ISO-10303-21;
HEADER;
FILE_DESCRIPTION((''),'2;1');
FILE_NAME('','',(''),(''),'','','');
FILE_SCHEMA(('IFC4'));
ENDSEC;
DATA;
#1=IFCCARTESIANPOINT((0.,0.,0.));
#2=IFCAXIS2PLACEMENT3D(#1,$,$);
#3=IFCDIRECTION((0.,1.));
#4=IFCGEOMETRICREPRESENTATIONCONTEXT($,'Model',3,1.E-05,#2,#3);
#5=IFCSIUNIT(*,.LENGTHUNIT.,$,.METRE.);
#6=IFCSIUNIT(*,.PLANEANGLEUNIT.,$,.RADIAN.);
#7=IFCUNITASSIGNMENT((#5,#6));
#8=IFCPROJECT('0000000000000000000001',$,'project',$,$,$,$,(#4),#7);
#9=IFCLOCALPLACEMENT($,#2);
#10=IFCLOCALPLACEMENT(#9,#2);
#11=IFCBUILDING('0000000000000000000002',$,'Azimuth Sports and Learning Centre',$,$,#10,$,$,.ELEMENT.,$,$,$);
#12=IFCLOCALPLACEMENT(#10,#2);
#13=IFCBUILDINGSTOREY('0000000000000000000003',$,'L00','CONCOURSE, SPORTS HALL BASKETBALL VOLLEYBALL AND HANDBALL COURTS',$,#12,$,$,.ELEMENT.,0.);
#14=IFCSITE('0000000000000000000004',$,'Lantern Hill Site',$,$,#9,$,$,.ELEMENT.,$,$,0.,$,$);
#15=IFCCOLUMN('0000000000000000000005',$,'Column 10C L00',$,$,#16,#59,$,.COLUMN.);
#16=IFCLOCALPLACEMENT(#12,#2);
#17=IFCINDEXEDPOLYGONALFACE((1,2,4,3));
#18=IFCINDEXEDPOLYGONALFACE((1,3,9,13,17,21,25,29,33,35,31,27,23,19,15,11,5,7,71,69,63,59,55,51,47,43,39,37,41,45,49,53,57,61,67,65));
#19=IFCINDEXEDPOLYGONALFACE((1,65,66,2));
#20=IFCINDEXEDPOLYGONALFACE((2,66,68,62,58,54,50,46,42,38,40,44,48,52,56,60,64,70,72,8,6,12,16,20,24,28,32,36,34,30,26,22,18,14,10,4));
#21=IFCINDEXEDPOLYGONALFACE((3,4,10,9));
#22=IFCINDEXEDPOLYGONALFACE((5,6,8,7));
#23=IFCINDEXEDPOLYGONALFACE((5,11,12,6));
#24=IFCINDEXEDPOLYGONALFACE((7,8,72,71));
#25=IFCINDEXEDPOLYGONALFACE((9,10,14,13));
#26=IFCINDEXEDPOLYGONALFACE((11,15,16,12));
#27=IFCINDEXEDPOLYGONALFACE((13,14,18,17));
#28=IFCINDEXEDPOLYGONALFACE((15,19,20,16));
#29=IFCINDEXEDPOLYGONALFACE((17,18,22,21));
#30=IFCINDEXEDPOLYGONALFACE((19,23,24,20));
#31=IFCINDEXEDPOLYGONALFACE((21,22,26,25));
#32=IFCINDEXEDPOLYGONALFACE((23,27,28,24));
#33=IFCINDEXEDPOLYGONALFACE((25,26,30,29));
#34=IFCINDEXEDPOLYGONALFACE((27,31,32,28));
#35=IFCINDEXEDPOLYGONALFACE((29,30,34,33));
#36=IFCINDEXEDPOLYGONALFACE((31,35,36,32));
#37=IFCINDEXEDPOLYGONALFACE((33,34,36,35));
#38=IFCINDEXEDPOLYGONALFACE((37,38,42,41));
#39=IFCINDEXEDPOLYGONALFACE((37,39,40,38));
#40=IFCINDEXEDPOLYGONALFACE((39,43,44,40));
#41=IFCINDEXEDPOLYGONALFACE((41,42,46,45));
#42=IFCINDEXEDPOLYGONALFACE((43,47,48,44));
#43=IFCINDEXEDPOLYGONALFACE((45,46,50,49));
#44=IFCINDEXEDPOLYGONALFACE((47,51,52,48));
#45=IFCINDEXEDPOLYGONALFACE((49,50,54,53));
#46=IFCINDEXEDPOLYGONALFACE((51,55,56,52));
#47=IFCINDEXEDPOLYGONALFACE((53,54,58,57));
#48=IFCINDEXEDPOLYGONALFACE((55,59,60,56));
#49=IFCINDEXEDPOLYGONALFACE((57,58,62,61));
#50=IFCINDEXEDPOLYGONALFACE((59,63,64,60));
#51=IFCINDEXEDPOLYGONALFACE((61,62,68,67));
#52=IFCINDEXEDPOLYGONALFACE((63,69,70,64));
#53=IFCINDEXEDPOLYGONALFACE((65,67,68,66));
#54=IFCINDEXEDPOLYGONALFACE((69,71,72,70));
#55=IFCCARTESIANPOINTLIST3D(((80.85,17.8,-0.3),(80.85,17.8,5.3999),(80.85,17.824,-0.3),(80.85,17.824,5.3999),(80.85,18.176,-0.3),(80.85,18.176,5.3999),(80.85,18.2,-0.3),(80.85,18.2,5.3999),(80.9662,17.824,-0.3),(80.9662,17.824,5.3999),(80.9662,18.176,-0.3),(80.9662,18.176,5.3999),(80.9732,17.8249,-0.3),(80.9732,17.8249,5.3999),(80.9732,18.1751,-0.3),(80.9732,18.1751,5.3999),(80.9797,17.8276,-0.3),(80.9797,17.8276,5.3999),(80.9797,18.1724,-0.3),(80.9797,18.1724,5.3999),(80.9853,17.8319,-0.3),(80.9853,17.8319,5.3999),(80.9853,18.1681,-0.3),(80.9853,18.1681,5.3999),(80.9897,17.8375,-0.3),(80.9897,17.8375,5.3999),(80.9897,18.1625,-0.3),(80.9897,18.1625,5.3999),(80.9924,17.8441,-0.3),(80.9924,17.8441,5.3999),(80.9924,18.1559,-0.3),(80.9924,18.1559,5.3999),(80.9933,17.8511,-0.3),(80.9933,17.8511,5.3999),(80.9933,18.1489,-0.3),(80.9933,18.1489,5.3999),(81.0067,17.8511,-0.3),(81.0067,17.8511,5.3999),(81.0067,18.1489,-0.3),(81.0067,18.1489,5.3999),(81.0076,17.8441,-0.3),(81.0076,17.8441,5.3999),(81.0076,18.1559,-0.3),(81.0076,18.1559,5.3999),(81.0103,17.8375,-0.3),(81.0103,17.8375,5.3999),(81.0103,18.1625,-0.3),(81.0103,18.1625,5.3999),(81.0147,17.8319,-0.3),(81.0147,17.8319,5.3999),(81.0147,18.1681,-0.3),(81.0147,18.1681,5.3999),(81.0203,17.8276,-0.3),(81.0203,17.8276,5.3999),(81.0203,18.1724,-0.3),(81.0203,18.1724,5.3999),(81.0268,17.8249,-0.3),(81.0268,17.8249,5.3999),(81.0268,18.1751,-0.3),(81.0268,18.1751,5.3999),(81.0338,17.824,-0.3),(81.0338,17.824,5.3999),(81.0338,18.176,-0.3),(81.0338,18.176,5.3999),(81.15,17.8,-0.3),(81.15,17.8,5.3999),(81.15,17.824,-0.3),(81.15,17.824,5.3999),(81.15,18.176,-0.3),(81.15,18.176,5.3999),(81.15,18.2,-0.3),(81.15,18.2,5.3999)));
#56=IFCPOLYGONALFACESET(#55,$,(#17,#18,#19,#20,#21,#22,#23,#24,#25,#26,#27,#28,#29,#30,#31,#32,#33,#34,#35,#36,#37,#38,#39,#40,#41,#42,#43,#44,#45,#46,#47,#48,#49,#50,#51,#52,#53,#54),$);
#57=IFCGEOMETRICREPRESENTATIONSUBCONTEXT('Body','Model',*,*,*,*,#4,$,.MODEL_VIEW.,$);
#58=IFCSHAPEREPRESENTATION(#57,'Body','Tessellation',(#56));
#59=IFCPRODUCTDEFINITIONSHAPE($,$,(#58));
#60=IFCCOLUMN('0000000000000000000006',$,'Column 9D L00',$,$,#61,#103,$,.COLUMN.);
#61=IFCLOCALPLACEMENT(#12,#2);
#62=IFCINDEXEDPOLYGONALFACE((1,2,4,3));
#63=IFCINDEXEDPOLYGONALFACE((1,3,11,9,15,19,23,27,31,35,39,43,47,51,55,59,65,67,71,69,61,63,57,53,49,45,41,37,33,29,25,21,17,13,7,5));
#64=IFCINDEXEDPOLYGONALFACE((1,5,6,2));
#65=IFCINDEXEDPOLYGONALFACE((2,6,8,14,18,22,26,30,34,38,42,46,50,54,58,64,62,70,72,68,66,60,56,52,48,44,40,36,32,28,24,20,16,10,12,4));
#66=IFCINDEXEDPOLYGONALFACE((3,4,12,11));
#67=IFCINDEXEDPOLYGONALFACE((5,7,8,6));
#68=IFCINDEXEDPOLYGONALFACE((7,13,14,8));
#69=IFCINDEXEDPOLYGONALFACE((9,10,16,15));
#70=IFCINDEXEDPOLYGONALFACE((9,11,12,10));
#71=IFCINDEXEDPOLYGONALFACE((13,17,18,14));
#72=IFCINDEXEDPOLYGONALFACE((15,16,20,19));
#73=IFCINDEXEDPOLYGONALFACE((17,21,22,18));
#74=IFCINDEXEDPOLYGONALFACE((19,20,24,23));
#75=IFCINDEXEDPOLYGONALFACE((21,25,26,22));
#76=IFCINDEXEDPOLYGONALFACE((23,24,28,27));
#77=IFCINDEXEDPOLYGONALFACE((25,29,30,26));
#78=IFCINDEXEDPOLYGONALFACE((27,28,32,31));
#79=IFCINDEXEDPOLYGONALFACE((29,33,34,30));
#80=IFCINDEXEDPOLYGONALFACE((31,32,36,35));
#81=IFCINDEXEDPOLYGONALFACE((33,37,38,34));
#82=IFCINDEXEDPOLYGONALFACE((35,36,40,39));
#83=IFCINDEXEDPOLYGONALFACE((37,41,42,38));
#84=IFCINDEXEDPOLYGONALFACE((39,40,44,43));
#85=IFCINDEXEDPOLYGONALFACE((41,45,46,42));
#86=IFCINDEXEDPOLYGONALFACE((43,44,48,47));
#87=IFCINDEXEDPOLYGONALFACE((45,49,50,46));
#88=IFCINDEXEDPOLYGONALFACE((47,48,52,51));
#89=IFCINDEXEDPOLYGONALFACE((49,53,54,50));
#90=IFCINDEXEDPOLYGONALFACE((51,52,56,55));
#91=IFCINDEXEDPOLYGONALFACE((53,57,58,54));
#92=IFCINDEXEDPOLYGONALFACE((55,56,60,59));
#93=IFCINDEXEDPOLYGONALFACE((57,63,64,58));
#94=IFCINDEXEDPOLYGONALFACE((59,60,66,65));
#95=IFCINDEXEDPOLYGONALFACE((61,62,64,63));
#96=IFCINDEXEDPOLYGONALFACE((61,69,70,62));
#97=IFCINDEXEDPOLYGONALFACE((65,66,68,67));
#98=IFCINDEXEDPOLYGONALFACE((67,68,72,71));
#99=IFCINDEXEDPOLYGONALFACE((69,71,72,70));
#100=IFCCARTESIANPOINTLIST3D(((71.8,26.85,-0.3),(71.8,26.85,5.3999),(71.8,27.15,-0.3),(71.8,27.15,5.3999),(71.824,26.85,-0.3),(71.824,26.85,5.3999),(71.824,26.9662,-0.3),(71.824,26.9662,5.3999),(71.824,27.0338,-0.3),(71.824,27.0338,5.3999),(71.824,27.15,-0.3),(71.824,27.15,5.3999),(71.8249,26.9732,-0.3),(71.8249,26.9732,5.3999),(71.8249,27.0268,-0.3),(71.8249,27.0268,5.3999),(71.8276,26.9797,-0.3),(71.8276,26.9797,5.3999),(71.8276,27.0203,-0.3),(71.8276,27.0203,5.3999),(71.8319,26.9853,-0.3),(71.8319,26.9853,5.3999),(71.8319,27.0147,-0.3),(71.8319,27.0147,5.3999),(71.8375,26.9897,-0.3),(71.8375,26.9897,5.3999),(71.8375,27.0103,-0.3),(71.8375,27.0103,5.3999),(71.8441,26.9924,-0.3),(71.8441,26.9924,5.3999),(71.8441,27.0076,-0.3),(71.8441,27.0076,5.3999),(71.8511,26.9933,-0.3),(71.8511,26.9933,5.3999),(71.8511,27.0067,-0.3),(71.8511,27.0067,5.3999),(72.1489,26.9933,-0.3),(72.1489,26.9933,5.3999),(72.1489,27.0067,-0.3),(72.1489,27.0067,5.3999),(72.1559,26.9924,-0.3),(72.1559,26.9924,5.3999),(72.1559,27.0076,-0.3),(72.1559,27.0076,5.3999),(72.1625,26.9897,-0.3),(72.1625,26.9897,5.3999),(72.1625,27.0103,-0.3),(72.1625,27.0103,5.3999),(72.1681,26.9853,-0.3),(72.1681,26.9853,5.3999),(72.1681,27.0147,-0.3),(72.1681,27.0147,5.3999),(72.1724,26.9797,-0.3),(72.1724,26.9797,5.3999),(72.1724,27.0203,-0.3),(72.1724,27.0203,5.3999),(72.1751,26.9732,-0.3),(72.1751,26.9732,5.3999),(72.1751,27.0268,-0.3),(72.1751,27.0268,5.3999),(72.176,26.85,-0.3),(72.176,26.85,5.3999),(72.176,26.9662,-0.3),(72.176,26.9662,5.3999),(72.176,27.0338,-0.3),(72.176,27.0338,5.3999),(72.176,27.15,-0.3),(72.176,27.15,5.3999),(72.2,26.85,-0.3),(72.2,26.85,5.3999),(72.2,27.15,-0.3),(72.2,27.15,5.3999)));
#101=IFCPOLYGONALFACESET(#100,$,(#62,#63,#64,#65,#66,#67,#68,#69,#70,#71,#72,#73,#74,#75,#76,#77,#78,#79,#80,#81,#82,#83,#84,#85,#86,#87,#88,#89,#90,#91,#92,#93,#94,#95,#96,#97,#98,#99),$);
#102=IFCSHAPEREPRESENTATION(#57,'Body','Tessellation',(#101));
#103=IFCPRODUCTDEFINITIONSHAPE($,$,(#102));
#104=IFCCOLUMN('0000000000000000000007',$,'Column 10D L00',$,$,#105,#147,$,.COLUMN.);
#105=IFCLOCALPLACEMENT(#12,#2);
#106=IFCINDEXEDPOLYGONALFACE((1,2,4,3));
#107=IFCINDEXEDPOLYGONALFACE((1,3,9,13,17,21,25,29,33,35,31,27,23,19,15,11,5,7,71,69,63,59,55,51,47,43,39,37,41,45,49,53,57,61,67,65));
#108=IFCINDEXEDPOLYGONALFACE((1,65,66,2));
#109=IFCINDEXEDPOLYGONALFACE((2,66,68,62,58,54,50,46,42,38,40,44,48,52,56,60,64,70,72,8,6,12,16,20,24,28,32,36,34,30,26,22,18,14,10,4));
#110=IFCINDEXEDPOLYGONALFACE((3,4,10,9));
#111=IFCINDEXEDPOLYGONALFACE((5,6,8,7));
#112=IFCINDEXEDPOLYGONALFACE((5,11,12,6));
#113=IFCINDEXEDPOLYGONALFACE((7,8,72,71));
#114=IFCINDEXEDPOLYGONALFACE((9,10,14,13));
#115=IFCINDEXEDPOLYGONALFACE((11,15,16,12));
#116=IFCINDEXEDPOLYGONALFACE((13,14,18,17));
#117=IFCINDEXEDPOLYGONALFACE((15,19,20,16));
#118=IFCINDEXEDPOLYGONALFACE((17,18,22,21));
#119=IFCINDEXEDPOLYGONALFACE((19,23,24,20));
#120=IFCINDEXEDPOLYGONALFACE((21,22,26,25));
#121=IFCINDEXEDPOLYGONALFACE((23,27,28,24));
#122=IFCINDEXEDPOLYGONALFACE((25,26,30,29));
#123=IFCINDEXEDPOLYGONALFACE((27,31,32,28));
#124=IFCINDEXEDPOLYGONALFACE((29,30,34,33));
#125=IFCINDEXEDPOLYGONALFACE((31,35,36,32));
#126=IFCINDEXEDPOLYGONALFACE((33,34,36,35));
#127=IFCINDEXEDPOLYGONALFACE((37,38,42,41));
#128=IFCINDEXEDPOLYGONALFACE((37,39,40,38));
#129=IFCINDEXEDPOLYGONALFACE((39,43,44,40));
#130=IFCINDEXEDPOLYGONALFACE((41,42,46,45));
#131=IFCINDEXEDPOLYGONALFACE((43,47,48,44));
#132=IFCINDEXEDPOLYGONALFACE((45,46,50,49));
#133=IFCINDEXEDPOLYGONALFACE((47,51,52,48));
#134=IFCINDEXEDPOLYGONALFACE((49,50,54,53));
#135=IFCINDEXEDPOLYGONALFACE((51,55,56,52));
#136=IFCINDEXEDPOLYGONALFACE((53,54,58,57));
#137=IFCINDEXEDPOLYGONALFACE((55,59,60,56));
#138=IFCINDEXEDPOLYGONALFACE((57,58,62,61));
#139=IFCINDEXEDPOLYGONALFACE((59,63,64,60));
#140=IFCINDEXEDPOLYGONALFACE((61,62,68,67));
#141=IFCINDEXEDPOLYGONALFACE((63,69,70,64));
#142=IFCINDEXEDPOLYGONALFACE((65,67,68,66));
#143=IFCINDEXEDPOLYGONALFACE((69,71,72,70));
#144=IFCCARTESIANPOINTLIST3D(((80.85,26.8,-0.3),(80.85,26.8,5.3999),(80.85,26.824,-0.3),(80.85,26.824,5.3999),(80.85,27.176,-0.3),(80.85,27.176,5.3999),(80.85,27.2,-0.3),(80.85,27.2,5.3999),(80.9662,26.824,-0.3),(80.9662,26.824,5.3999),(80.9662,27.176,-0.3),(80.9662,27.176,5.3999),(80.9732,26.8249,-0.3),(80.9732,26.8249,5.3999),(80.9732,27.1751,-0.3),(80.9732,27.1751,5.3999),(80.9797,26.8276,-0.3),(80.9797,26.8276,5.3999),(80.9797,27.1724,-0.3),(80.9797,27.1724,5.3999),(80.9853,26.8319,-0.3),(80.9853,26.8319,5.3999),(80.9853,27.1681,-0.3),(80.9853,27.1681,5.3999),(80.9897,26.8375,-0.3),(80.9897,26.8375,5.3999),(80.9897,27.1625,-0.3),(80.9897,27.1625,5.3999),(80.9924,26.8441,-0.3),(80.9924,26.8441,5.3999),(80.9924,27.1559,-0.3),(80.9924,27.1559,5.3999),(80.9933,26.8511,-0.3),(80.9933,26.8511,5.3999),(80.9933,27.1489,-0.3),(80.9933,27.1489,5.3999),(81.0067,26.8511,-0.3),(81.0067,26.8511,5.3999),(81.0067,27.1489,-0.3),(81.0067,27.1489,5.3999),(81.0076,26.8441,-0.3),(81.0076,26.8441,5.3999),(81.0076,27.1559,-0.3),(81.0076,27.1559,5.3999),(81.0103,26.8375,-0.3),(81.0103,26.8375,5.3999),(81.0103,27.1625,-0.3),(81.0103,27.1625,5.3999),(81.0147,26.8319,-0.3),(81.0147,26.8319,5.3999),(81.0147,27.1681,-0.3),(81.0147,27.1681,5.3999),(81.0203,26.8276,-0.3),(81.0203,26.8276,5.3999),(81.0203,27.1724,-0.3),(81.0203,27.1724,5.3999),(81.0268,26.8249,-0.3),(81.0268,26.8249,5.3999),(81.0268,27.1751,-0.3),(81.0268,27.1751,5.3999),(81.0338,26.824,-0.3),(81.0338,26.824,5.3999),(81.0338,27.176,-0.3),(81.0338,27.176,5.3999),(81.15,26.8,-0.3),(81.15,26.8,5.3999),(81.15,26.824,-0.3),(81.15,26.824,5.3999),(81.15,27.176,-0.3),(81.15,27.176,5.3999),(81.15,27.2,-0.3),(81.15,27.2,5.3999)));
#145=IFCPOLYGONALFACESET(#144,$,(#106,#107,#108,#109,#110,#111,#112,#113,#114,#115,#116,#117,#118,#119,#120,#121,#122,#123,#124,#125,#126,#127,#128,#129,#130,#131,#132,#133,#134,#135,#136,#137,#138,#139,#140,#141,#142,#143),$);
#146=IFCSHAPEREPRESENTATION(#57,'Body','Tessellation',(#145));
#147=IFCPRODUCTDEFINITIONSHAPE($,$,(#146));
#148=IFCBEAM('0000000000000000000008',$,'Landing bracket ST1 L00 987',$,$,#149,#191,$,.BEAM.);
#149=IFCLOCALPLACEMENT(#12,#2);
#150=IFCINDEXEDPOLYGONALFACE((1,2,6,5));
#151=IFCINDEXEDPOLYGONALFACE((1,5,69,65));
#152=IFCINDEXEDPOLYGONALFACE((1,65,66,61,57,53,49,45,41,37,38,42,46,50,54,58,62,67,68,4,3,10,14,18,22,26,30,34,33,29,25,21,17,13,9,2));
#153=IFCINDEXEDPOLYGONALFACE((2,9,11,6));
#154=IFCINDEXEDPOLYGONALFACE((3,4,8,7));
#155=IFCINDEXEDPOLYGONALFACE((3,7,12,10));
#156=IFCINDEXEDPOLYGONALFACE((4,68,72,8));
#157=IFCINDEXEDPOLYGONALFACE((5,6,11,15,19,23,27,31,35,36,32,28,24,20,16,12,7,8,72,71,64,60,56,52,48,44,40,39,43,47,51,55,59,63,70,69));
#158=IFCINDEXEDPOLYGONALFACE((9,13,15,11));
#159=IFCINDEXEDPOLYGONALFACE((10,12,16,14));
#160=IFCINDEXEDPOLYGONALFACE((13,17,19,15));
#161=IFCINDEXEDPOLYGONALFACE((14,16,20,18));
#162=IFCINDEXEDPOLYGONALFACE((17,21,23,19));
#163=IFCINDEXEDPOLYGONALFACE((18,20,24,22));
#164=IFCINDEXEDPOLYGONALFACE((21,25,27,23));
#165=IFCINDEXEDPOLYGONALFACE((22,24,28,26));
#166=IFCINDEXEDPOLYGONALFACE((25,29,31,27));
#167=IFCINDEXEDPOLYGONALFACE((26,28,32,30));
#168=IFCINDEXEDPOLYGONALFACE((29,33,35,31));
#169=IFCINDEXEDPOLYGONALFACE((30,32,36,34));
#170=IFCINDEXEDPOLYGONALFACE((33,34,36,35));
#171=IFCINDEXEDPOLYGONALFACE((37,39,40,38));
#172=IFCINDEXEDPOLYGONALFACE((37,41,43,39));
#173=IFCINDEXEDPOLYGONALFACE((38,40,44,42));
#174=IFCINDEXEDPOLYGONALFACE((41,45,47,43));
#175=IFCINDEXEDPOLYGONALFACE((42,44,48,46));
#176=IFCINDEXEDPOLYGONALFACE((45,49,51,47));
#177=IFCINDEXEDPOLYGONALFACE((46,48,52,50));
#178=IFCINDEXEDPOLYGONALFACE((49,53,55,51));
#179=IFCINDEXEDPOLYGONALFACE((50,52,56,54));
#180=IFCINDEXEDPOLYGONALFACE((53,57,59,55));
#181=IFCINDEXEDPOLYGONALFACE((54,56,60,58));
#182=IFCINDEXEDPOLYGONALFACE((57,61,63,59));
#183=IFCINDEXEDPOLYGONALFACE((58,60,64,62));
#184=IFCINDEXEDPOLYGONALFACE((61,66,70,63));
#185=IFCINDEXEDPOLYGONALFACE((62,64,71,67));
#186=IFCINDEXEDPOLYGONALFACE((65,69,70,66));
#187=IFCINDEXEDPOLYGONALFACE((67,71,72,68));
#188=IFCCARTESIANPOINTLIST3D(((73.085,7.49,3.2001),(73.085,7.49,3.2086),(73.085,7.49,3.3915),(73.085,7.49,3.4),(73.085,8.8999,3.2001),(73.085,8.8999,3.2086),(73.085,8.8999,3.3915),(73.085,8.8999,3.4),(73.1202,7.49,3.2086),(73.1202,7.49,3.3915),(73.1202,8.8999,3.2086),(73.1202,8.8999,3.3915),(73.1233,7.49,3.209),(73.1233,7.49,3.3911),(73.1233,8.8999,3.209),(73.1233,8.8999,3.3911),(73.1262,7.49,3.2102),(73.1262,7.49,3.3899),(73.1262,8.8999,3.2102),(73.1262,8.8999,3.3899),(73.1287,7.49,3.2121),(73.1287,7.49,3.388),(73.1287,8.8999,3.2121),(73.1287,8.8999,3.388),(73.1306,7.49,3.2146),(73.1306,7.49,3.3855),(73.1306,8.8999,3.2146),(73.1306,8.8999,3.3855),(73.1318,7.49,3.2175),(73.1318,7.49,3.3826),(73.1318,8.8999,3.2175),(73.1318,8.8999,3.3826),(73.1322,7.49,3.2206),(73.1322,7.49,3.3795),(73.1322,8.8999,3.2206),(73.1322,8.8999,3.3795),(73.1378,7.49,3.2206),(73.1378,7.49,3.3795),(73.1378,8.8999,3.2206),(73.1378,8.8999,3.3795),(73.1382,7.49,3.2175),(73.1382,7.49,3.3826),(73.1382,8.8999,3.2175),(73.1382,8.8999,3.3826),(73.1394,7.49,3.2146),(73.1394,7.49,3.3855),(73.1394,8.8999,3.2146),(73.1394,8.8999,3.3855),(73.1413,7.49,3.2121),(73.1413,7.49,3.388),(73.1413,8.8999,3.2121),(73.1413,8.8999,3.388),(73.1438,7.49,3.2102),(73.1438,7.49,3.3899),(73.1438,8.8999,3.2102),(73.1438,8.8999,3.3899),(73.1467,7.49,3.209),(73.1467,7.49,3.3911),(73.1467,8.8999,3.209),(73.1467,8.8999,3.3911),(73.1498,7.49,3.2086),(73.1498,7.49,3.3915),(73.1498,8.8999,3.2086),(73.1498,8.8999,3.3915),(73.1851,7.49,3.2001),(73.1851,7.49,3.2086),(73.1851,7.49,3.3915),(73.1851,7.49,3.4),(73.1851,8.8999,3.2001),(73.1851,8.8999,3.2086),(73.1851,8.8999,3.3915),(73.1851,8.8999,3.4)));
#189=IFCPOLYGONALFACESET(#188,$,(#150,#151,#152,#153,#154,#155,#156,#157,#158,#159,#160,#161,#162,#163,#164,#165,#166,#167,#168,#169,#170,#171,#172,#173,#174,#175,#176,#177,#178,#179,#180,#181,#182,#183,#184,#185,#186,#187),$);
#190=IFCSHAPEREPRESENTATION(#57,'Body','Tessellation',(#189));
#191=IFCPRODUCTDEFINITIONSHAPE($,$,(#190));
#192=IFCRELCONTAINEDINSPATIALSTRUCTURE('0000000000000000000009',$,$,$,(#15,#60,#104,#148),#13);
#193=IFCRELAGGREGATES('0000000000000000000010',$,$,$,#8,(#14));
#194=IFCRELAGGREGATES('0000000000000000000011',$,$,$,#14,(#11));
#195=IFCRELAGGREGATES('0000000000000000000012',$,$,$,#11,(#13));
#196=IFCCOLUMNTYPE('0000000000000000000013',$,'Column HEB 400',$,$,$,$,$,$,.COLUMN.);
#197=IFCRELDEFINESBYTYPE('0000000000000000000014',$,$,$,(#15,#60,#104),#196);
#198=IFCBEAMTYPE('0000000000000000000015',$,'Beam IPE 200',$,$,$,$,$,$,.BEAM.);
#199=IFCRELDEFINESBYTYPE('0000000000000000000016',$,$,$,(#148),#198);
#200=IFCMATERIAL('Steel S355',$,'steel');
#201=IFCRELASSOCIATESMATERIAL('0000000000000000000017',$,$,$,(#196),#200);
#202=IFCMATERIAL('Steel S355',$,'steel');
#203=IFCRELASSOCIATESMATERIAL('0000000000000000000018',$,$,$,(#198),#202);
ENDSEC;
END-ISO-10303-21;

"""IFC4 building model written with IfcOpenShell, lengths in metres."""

from ifc_helpers import new_model, si_unit, direction, frame, origin, origin_2d, place, context, subcontext, project, spatial, i_section, extrude, material, material_profile, profile_set, type_object, element, save


model = new_model("IFC4")

# Units and contexts
model_context = context("Model", 3, precision=1e-05, world=origin(), true_north=direction((0.0, 1.0)))
body_context = subcontext(model_context, "Body", "Model", "MODEL_VIEW")
ifc_project = project(units=[si_unit("LENGTHUNIT", "METRE"), si_unit("PLANEANGLEUNIT", "RADIAN")], contexts=[model_context])

# Site, building, storey
site_placement = place(None, origin())
site = spatial("IfcSite", under=ifc_project, at=site_placement, Name="Lantern Hill Site", CompositionType="ELEMENT", RefElevation=0.0)
building_placement = place(site_placement, origin())
building = spatial("IfcBuilding", under=site, at=building_placement, Name="Azimuth Sports and Learning Centre", CompositionType="ELEMENT")
storey_placement = place(building_placement, origin())
storey = spatial("IfcBuildingStorey", under=building, at=storey_placement, Name="L00", Description="CONCOURSE, SPORTS HALL BASKETBALL VOLLEYBALL AND HANDBALL COURTS", CompositionType="ELEMENT", Elevation=0.0)

# Columns
ifc_material_1 = material(Name="Steel S355", Category="steel")
ifc_material_profile_1 = material_profile(ifc_material_1, i_section(OverallWidth=0.3, OverallDepth=0.3999, WebThickness=0.0134, FlangeThickness=0.0239, FilletRadius=0.0271, at=origin_2d()), Name="HEB 400")
ifc_profile_set_1 = profile_set([ifc_material_profile_1], Name="Steel S355")
column_type = type_object("IfcColumnType", Name="Column HEB 400", PredefinedType="COLUMN", material=ifc_profile_set_1)
for number, where, z_axis, x_axis, name in (
    (1, (81.0, 18.0, -0.3), (0.0, 0.0, 1.0), (1.0, 0.0, 0.0), "Column 10C L00"),
    (2, (72.0, 27.0, -0.3), (0.0, 0.0, 1.0), (0.0, 1.0, 0.0), "Column 9D L00"),
    (3, (81.0, 27.0, -0.3), (0.0, 0.0, 1.0), (1.0, 0.0, 0.0), "Column 10D L00"),
):
    element("IfcColumn", number, at=place(storey_placement, frame(where, z_axis=z_axis, x_axis=x_axis)), inside=storey, type_object=column_type, Name=name, PredefinedType="COLUMN", context=body_context, shape_type="SweptSolid", body=[
        extrude(i_section(OverallWidth=0.3, OverallDepth=0.3999, WebThickness=0.0134, FlangeThickness=0.0239, FilletRadius=0.0271, at=origin_2d()), origin(), (0.0, 0.0, 1.0), 5.7),
    ])

# Beam
ifc_material_2 = material(Name="Steel S355", Category="steel")
ifc_material_profile_2 = material_profile(ifc_material_2, i_section(OverallWidth=0.1001, OverallDepth=0.2, WebThickness=0.0056, FlangeThickness=0.0085, FilletRadius=0.012, at=origin_2d()), Name="IPE 200")
ifc_profile_set_2 = profile_set([ifc_material_profile_2], Name="Steel S355")
beam_type = type_object("IfcBeamType", Name="Beam IPE 200", PredefinedType="BEAM", material=ifc_profile_set_2)
for number, where, z_axis, x_axis, name in (
    (4, (73.135, 8.8999, 3.3), (0.0, -1.0, 0.0), (1.0, 0.0, 0.0), "Landing bracket ST1 L00 987"),
):
    element("IfcBeam", number, at=place(storey_placement, frame(where, z_axis=z_axis, x_axis=x_axis)), inside=storey, type_object=beam_type, Name=name, PredefinedType="BEAM", context=body_context, shape_type="SweptSolid", body=[
        extrude(i_section(OverallWidth=0.1001, OverallDepth=0.2, WebThickness=0.0056, FlangeThickness=0.0085, FilletRadius=0.012, at=origin_2d()), origin(), (0.0, 0.0, 1.0), 1.4099),
    ])

save(model, "model.ifc")
